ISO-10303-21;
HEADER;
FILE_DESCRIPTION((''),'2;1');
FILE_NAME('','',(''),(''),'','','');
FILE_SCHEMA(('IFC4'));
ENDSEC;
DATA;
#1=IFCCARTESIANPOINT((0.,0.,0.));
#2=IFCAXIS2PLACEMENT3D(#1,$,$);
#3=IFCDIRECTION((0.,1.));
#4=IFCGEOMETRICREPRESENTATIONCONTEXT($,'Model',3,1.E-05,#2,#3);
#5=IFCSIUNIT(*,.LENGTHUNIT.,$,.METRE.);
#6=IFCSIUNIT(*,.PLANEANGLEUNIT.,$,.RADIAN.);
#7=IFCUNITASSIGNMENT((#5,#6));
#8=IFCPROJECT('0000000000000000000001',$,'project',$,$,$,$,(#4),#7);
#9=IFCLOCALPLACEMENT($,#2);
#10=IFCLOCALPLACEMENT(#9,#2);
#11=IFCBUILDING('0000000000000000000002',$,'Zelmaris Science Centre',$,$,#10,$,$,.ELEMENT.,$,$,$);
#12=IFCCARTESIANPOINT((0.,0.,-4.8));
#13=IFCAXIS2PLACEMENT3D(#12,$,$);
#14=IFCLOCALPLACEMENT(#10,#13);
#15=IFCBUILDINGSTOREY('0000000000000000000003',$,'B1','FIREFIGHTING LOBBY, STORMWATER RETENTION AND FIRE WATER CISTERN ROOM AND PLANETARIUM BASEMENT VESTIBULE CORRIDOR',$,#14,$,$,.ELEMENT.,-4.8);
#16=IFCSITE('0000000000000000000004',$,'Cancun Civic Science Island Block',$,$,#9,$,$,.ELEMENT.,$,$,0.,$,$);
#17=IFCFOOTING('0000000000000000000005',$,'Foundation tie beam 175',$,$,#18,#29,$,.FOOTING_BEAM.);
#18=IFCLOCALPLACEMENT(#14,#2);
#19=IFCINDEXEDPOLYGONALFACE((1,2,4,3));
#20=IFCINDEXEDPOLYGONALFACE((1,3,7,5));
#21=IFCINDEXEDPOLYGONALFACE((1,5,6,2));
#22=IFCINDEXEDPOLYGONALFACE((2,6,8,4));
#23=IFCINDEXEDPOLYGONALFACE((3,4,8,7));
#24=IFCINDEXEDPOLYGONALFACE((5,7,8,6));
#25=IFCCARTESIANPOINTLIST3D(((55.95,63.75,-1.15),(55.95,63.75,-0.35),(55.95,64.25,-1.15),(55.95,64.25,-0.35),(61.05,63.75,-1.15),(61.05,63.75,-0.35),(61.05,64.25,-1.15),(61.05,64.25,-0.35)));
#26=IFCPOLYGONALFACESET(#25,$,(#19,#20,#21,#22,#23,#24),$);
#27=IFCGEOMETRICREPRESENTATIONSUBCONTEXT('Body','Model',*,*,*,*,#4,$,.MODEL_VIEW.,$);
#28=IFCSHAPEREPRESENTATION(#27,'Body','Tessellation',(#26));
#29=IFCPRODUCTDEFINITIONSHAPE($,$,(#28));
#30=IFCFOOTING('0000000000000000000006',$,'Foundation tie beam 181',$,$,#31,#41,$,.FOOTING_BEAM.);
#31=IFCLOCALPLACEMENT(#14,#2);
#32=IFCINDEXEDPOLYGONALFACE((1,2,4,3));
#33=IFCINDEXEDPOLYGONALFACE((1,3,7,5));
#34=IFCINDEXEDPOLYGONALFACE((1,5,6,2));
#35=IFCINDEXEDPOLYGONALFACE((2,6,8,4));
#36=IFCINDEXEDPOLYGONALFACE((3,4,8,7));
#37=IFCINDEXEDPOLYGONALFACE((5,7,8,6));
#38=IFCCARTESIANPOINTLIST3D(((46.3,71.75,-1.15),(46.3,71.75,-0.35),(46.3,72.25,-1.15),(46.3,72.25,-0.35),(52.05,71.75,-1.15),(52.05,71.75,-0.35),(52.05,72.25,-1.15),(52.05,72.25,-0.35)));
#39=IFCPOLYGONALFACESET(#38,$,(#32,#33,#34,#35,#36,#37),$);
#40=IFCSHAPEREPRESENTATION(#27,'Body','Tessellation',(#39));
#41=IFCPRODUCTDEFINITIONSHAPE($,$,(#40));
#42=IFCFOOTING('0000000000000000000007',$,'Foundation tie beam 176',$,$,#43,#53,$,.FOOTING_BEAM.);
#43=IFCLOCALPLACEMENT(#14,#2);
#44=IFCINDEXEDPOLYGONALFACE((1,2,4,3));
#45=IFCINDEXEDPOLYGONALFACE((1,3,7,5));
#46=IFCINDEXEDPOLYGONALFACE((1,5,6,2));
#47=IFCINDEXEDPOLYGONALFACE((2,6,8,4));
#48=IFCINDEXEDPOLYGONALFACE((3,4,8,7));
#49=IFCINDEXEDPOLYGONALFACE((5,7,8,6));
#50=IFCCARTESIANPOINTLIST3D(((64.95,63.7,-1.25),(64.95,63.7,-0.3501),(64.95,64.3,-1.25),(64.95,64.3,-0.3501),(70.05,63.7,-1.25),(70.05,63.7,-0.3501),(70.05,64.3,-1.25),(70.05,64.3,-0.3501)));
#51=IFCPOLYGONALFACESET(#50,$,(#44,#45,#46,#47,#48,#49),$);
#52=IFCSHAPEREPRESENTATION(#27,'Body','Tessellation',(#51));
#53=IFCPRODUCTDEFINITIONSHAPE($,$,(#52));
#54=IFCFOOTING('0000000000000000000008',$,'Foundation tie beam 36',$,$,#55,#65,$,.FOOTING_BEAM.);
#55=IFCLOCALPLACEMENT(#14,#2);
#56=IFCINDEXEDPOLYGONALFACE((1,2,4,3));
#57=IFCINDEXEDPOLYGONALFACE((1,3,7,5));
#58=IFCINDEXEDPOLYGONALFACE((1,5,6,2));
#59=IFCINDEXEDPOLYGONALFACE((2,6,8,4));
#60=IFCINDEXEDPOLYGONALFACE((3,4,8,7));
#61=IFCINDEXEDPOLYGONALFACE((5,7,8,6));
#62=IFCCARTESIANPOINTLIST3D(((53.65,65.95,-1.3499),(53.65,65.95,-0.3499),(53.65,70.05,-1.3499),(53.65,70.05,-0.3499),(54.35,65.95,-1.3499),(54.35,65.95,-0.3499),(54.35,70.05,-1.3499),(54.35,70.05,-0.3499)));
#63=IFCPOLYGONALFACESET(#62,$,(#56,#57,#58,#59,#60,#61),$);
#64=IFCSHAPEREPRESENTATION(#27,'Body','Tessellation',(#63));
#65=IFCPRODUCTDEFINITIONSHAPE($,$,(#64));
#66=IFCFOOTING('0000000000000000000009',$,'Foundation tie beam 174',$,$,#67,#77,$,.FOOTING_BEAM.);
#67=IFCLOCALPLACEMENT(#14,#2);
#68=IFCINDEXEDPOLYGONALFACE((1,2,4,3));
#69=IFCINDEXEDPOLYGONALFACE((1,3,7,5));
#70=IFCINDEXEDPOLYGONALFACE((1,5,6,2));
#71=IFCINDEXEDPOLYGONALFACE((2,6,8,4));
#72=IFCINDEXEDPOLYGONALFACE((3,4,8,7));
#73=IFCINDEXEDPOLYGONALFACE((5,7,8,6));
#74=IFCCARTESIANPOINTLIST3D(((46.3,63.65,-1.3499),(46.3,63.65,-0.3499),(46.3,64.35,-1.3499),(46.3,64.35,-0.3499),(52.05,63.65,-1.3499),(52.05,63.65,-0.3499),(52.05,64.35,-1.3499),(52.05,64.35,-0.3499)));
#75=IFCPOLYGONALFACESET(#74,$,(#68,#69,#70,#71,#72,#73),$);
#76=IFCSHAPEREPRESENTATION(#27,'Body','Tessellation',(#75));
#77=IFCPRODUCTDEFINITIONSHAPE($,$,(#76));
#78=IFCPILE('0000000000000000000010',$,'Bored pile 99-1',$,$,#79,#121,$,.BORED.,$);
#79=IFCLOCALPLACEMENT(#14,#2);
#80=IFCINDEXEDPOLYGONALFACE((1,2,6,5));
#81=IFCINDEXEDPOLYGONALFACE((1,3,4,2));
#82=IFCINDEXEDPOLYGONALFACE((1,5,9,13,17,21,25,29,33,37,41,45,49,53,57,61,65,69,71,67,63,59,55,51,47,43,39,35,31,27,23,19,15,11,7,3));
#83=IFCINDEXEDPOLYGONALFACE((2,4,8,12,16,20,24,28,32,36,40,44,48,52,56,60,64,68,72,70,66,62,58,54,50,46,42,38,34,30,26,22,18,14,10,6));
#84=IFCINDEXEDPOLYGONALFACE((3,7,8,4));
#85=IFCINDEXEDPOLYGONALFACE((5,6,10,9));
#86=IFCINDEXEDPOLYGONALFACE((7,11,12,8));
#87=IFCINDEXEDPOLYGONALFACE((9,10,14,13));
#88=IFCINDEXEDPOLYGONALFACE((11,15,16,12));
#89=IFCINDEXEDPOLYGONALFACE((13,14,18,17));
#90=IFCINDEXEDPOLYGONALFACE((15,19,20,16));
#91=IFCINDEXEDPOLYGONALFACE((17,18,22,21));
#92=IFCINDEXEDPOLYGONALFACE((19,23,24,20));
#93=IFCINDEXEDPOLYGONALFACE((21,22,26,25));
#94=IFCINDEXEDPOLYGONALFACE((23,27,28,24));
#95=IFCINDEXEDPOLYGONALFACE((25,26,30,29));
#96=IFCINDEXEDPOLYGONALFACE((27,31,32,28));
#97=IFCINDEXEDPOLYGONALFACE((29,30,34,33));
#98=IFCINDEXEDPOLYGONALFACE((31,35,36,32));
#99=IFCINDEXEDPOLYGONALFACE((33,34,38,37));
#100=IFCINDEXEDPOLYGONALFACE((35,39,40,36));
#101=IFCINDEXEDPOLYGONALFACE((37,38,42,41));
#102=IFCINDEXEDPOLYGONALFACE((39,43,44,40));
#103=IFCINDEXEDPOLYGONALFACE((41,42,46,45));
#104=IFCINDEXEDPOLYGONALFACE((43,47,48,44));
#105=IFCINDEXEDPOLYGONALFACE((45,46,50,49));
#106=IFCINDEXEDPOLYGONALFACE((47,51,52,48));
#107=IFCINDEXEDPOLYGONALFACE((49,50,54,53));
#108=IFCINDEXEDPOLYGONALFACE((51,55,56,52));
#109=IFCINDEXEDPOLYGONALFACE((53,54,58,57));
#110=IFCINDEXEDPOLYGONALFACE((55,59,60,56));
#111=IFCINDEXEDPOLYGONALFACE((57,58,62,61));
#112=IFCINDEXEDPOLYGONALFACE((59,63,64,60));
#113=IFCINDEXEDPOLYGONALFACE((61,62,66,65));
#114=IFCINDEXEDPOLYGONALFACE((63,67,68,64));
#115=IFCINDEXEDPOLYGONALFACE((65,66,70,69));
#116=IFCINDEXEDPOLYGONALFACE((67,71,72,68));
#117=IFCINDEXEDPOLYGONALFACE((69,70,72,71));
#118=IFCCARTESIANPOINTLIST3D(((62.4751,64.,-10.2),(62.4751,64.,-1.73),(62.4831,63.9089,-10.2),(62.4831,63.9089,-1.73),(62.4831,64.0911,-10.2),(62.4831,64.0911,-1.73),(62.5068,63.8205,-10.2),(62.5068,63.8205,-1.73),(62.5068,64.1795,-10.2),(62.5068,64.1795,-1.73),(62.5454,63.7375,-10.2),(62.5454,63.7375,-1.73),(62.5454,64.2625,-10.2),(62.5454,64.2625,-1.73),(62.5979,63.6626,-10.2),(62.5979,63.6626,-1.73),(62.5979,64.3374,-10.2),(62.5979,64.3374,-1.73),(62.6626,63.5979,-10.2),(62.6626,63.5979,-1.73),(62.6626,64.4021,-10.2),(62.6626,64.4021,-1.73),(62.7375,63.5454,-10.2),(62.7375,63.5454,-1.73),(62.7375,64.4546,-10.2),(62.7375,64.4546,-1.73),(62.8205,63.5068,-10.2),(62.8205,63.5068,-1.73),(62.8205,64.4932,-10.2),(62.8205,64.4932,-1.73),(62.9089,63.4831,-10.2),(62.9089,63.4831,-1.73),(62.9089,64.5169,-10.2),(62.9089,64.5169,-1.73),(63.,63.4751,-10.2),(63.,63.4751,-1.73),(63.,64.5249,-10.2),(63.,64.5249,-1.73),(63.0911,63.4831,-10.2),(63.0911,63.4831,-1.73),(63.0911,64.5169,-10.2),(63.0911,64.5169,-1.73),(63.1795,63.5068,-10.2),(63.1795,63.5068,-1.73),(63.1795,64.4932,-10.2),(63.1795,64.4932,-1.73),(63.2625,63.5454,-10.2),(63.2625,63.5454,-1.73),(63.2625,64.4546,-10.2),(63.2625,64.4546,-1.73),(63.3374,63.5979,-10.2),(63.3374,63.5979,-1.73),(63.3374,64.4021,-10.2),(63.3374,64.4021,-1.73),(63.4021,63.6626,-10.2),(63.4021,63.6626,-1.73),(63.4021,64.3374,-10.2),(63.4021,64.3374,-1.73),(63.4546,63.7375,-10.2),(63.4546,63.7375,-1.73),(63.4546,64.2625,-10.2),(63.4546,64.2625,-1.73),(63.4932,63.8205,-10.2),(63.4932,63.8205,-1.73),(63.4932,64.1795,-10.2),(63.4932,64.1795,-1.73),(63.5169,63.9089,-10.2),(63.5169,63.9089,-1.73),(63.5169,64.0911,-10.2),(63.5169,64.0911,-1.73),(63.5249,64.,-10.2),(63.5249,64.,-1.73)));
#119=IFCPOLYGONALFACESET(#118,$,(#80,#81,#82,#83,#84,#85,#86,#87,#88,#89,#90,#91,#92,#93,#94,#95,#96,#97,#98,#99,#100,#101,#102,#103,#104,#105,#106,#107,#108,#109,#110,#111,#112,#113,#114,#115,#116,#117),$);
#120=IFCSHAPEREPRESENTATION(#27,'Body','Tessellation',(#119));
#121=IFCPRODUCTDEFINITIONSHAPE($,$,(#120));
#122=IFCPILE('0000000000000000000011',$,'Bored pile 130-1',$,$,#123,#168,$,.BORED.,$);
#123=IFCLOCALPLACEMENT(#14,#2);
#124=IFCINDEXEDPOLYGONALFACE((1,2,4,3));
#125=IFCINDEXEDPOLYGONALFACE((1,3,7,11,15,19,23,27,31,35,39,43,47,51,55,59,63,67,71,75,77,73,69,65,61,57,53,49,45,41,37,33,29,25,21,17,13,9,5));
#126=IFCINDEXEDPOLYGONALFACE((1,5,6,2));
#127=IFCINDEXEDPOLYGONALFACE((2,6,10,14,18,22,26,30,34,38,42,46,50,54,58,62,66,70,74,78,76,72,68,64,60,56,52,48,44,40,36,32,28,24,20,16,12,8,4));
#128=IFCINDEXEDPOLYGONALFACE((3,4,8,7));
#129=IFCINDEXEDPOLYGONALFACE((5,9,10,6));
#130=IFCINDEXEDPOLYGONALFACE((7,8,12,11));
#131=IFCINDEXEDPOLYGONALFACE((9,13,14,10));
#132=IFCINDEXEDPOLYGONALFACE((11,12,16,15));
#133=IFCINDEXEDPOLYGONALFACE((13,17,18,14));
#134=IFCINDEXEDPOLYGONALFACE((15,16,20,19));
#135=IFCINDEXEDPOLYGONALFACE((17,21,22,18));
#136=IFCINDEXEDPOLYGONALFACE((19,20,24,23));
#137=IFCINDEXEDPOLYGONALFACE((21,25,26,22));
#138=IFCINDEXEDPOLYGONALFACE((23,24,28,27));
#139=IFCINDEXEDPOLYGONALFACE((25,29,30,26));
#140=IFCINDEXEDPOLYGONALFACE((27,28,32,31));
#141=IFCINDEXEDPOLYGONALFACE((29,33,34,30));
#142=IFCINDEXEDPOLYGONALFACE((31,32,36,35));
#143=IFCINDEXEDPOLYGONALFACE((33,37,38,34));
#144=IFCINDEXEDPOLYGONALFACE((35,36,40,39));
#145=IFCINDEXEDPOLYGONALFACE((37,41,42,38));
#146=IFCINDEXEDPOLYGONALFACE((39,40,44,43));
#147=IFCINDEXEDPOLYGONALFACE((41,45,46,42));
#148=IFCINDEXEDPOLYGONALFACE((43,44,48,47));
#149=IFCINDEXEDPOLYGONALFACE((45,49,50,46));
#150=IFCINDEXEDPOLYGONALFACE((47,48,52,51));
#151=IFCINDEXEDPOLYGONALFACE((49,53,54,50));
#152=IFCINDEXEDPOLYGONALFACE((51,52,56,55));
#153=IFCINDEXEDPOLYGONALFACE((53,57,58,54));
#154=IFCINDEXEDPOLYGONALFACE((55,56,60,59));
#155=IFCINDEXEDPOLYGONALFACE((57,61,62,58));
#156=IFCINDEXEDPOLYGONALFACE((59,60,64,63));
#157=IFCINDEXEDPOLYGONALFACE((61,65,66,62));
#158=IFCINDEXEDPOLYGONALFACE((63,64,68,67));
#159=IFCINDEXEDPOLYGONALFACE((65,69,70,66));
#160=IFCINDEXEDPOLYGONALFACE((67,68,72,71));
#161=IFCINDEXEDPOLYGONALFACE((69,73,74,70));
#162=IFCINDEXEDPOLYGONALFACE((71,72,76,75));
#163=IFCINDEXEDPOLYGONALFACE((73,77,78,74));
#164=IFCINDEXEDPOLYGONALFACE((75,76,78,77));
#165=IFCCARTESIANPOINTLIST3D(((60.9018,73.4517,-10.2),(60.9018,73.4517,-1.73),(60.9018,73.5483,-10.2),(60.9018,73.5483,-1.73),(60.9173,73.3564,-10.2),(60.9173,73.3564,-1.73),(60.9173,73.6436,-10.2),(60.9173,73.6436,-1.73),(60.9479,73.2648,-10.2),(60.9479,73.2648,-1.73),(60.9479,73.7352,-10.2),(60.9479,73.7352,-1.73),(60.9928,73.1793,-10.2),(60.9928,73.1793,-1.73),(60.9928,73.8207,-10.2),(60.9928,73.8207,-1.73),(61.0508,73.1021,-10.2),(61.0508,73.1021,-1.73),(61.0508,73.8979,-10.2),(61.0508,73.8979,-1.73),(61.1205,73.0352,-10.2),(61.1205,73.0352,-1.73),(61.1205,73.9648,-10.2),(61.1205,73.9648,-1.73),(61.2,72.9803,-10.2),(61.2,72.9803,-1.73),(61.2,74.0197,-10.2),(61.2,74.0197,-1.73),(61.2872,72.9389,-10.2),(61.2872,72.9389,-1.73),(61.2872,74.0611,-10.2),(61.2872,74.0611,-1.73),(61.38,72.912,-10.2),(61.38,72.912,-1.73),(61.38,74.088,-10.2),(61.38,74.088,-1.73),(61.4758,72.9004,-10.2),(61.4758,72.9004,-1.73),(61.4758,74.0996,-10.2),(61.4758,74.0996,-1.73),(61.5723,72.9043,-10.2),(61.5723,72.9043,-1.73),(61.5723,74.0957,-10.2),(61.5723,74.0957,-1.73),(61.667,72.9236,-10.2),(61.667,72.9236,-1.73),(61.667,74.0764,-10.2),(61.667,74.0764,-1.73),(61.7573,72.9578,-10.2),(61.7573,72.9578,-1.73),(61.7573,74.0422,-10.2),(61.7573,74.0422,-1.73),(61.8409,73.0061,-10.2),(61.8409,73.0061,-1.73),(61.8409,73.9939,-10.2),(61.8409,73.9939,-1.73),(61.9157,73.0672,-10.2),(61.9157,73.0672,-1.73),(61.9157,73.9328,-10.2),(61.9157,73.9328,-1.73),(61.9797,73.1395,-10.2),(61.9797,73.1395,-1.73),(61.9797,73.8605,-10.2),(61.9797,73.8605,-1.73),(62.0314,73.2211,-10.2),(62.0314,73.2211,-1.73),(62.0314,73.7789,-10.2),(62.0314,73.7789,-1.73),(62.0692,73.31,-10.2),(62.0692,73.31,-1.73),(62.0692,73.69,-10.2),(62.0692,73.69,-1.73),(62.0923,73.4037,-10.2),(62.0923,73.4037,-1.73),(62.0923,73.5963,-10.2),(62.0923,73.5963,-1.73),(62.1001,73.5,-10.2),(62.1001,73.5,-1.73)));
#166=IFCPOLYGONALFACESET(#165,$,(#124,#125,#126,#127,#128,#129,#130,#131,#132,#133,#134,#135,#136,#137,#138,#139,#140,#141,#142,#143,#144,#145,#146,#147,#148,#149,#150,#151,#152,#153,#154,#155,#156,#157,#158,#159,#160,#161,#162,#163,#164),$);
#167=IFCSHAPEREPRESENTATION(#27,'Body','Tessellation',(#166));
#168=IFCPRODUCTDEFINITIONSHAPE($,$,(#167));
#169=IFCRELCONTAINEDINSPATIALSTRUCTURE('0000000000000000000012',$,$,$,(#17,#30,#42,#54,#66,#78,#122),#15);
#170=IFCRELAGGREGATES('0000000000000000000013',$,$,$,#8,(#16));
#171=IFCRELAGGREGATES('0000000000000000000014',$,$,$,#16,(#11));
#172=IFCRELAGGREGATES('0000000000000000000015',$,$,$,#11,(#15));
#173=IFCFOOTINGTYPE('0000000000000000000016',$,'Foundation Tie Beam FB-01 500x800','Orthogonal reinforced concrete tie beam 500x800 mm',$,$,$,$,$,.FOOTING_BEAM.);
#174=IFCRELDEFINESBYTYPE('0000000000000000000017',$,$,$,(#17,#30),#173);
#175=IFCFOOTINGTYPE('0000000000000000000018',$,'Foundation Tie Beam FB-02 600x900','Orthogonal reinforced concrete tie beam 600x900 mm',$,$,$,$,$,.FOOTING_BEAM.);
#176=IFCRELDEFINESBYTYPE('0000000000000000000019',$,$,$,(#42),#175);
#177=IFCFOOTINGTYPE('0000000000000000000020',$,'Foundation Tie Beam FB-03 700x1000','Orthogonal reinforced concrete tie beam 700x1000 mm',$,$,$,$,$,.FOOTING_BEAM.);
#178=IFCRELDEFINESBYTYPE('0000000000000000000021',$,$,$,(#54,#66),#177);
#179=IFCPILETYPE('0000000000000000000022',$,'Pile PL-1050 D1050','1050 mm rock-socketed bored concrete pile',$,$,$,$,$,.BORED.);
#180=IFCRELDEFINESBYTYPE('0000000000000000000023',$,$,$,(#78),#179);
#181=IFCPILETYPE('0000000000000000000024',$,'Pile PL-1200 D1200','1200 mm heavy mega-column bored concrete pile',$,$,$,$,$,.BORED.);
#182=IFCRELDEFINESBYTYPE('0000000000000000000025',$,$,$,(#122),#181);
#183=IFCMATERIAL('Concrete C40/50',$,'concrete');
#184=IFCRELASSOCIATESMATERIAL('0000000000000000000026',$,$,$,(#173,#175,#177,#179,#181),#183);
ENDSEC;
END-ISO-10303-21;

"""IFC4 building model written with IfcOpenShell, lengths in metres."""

from ifc_helpers import new_model, si_unit, direction, frame, origin, origin_2d, place, context, subcontext, project, spatial, rectangle, circle, extrude, material, material_profile, profile_set, type_object, element, save


model = new_model("IFC4")

# Units and contexts
model_context = context("Model", 3, precision=1e-05, world=origin(), true_north=direction((0.0, 1.0)))
body_context = subcontext(model_context, "Body", "Model", "MODEL_VIEW")
ifc_project = project(units=[si_unit("LENGTHUNIT", "METRE"), si_unit("PLANEANGLEUNIT", "RADIAN")], contexts=[model_context])

# Site, building, storey
site_placement = place(None, origin())
site = spatial("IfcSite", under=ifc_project, at=site_placement, Name="Cancun Civic Science Island Block", CompositionType="ELEMENT", RefElevation=0.0)
building_placement = place(site_placement, origin())
building = spatial("IfcBuilding", under=site, at=building_placement, Name="Zelmaris Science Centre", CompositionType="ELEMENT")
storey_placement = place(building_placement, frame((0.0, 0.0, -4.8)))
storey = spatial("IfcBuildingStorey", under=building, at=storey_placement, Name="B1", Description="FIREFIGHTING LOBBY, STORMWATER RETENTION AND FIRE WATER CISTERN ROOM AND PLANETARIUM BASEMENT VESTIBULE CORRIDOR", CompositionType="ELEMENT", Elevation=-4.8)

# Footings
ifc_material_1 = material(Name="Concrete C40/50", Category="concrete")
ifc_material_profile_1 = material_profile(ifc_material_1, rectangle(XDim=0.5, YDim=0.8, at=origin_2d()), Name="FB-500X800")
ifc_profile_set_1 = profile_set([ifc_material_profile_1], Name="Concrete C40/50")
footing_type_1 = type_object("IfcFootingType", Name="Foundation Tie Beam FB-01 500x800", Description="Orthogonal reinforced concrete tie beam 500x800 mm", PredefinedType="FOOTING_BEAM", material=ifc_profile_set_1)
footing_1_placement = place(storey_placement, frame((55.95, 64.0, -0.75), z_axis=(1.0, 0.0, 0.0), x_axis=(0.0, 1.0, 0.0)))
element("IfcFooting", 1, at=footing_1_placement, inside=storey, type_object=footing_type_1, Name="Foundation tie beam 175", PredefinedType="FOOTING_BEAM", context=body_context, shape_type="SweptSolid", body=[
    extrude(rectangle(XDim=0.5, YDim=0.8, at=origin_2d()), origin(), (0.0, 0.0, 1.0), 5.1001),
])
footing_2_placement = place(storey_placement, frame((46.3, 72.0, -0.75), z_axis=(1.0, 0.0, 0.0), x_axis=(0.0, 1.0, 0.0)))
element("IfcFooting", 2, at=footing_2_placement, inside=storey, type_object=footing_type_1, Name="Foundation tie beam 181", PredefinedType="FOOTING_BEAM", context=body_context, shape_type="SweptSolid", body=[
    extrude(rectangle(XDim=0.5, YDim=0.8, at=origin_2d()), origin(), (0.0, 0.0, 1.0), 5.75),
])
ifc_material_profile_2 = material_profile(ifc_material_1, rectangle(XDim=0.6001, YDim=0.8999, at=origin_2d()), Name="FB-600X900")
ifc_profile_set_2 = profile_set([ifc_material_profile_2], Name="Concrete C40/50")
footing_type_2 = type_object("IfcFootingType", Name="Foundation Tie Beam FB-02 600x900", Description="Orthogonal reinforced concrete tie beam 600x900 mm", PredefinedType="FOOTING_BEAM", material=ifc_profile_set_2)
footing_3_placement = place(storey_placement, frame((64.95, 64.0, -0.8), z_axis=(1.0, 0.0, 0.0), x_axis=(0.0, 1.0, 0.0)))
element("IfcFooting", 3, at=footing_3_placement, inside=storey, type_object=footing_type_2, Name="Foundation tie beam 176", PredefinedType="FOOTING_BEAM", context=body_context, shape_type="SweptSolid", body=[
    extrude(rectangle(XDim=0.6001, YDim=0.8999, at=origin_2d()), origin(), (0.0, 0.0, 1.0), 5.1001),
])
ifc_material_profile_3 = material_profile(ifc_material_1, rectangle(XDim=0.7, YDim=1.0, at=origin_2d()), Name="FB-700X1000")
ifc_profile_set_3 = profile_set([ifc_material_profile_3], Name="Concrete C40/50")
footing_type_3 = type_object("IfcFootingType", Name="Foundation Tie Beam FB-03 700x1000", Description="Orthogonal reinforced concrete tie beam 700x1000 mm", PredefinedType="FOOTING_BEAM", material=ifc_profile_set_3)
footing_4_placement = place(storey_placement, frame((54.0, 65.95, -0.8499), z_axis=(0.0, 1.0, 0.0), x_axis=(-1.0, 0.0, 0.0)))
element("IfcFooting", 4, at=footing_4_placement, inside=storey, type_object=footing_type_3, Name="Foundation tie beam 36", PredefinedType="FOOTING_BEAM", context=body_context, shape_type="SweptSolid", body=[
    extrude(rectangle(XDim=0.7, YDim=1.0, at=origin_2d()), origin(), (0.0, 0.0, 1.0), 4.1001),
])
footing_5_placement = place(storey_placement, frame((46.3, 64.0, -0.8499), z_axis=(1.0, 0.0, 0.0), x_axis=(0.0, 1.0, 0.0)))
element("IfcFooting", 5, at=footing_5_placement, inside=storey, type_object=footing_type_3, Name="Foundation tie beam 174", PredefinedType="FOOTING_BEAM", context=body_context, shape_type="SweptSolid", body=[
    extrude(rectangle(XDim=0.7, YDim=1.0, at=origin_2d()), origin(), (0.0, 0.0, 1.0), 5.75),
])

# Piles
ifc_material_profile_4 = material_profile(ifc_material_1, circle(Radius=0.5249, at=origin_2d()), Name="PILE-1050")
ifc_profile_set_4 = profile_set([ifc_material_profile_4], Name="Concrete C40/50")
pile_type_1 = type_object("IfcPileType", Name="Pile PL-1050 D1050", Description="1050 mm rock-socketed bored concrete pile", PredefinedType="BORED", material=ifc_profile_set_4)
pile_1_placement = place(storey_placement, frame((63.0, 64.0, -1.73), z_axis=(0.0, 0.0, -1.0), x_axis=(1.0, 0.0, 0.0)))
element("IfcPile", 6, at=pile_1_placement, inside=storey, type_object=pile_type_1, Name="Bored pile 99-1", PredefinedType="BORED", context=body_context, shape_type="SweptSolid", body=[
    extrude(circle(Radius=0.5249, at=origin_2d()), origin(), (0.0, 0.0, 1.0), 8.47),
])
ifc_material_profile_5 = material_profile(ifc_material_1, circle(Radius=0.6001, at=origin_2d()), Name="PILE-1200")
ifc_profile_set_5 = profile_set([ifc_material_profile_5], Name="Concrete C40/50")
pile_type_2 = type_object("IfcPileType", Name="Pile PL-1200 D1200", Description="1200 mm heavy mega-column bored concrete pile", PredefinedType="BORED", material=ifc_profile_set_5)
pile_2_placement = place(storey_placement, frame((61.5, 73.5, -1.73), z_axis=(0.0, 0.0, -1.0), x_axis=(1.0, 0.0, 0.0)))
element("IfcPile", 7, at=pile_2_placement, inside=storey, type_object=pile_type_2, Name="Bored pile 130-1", PredefinedType="BORED", context=body_context, shape_type="SweptSolid", body=[
    extrude(circle(Radius=0.6001, at=origin_2d()), origin(), (0.0, 0.0, 1.0), 8.47),
])

save(model, "model.ifc")
